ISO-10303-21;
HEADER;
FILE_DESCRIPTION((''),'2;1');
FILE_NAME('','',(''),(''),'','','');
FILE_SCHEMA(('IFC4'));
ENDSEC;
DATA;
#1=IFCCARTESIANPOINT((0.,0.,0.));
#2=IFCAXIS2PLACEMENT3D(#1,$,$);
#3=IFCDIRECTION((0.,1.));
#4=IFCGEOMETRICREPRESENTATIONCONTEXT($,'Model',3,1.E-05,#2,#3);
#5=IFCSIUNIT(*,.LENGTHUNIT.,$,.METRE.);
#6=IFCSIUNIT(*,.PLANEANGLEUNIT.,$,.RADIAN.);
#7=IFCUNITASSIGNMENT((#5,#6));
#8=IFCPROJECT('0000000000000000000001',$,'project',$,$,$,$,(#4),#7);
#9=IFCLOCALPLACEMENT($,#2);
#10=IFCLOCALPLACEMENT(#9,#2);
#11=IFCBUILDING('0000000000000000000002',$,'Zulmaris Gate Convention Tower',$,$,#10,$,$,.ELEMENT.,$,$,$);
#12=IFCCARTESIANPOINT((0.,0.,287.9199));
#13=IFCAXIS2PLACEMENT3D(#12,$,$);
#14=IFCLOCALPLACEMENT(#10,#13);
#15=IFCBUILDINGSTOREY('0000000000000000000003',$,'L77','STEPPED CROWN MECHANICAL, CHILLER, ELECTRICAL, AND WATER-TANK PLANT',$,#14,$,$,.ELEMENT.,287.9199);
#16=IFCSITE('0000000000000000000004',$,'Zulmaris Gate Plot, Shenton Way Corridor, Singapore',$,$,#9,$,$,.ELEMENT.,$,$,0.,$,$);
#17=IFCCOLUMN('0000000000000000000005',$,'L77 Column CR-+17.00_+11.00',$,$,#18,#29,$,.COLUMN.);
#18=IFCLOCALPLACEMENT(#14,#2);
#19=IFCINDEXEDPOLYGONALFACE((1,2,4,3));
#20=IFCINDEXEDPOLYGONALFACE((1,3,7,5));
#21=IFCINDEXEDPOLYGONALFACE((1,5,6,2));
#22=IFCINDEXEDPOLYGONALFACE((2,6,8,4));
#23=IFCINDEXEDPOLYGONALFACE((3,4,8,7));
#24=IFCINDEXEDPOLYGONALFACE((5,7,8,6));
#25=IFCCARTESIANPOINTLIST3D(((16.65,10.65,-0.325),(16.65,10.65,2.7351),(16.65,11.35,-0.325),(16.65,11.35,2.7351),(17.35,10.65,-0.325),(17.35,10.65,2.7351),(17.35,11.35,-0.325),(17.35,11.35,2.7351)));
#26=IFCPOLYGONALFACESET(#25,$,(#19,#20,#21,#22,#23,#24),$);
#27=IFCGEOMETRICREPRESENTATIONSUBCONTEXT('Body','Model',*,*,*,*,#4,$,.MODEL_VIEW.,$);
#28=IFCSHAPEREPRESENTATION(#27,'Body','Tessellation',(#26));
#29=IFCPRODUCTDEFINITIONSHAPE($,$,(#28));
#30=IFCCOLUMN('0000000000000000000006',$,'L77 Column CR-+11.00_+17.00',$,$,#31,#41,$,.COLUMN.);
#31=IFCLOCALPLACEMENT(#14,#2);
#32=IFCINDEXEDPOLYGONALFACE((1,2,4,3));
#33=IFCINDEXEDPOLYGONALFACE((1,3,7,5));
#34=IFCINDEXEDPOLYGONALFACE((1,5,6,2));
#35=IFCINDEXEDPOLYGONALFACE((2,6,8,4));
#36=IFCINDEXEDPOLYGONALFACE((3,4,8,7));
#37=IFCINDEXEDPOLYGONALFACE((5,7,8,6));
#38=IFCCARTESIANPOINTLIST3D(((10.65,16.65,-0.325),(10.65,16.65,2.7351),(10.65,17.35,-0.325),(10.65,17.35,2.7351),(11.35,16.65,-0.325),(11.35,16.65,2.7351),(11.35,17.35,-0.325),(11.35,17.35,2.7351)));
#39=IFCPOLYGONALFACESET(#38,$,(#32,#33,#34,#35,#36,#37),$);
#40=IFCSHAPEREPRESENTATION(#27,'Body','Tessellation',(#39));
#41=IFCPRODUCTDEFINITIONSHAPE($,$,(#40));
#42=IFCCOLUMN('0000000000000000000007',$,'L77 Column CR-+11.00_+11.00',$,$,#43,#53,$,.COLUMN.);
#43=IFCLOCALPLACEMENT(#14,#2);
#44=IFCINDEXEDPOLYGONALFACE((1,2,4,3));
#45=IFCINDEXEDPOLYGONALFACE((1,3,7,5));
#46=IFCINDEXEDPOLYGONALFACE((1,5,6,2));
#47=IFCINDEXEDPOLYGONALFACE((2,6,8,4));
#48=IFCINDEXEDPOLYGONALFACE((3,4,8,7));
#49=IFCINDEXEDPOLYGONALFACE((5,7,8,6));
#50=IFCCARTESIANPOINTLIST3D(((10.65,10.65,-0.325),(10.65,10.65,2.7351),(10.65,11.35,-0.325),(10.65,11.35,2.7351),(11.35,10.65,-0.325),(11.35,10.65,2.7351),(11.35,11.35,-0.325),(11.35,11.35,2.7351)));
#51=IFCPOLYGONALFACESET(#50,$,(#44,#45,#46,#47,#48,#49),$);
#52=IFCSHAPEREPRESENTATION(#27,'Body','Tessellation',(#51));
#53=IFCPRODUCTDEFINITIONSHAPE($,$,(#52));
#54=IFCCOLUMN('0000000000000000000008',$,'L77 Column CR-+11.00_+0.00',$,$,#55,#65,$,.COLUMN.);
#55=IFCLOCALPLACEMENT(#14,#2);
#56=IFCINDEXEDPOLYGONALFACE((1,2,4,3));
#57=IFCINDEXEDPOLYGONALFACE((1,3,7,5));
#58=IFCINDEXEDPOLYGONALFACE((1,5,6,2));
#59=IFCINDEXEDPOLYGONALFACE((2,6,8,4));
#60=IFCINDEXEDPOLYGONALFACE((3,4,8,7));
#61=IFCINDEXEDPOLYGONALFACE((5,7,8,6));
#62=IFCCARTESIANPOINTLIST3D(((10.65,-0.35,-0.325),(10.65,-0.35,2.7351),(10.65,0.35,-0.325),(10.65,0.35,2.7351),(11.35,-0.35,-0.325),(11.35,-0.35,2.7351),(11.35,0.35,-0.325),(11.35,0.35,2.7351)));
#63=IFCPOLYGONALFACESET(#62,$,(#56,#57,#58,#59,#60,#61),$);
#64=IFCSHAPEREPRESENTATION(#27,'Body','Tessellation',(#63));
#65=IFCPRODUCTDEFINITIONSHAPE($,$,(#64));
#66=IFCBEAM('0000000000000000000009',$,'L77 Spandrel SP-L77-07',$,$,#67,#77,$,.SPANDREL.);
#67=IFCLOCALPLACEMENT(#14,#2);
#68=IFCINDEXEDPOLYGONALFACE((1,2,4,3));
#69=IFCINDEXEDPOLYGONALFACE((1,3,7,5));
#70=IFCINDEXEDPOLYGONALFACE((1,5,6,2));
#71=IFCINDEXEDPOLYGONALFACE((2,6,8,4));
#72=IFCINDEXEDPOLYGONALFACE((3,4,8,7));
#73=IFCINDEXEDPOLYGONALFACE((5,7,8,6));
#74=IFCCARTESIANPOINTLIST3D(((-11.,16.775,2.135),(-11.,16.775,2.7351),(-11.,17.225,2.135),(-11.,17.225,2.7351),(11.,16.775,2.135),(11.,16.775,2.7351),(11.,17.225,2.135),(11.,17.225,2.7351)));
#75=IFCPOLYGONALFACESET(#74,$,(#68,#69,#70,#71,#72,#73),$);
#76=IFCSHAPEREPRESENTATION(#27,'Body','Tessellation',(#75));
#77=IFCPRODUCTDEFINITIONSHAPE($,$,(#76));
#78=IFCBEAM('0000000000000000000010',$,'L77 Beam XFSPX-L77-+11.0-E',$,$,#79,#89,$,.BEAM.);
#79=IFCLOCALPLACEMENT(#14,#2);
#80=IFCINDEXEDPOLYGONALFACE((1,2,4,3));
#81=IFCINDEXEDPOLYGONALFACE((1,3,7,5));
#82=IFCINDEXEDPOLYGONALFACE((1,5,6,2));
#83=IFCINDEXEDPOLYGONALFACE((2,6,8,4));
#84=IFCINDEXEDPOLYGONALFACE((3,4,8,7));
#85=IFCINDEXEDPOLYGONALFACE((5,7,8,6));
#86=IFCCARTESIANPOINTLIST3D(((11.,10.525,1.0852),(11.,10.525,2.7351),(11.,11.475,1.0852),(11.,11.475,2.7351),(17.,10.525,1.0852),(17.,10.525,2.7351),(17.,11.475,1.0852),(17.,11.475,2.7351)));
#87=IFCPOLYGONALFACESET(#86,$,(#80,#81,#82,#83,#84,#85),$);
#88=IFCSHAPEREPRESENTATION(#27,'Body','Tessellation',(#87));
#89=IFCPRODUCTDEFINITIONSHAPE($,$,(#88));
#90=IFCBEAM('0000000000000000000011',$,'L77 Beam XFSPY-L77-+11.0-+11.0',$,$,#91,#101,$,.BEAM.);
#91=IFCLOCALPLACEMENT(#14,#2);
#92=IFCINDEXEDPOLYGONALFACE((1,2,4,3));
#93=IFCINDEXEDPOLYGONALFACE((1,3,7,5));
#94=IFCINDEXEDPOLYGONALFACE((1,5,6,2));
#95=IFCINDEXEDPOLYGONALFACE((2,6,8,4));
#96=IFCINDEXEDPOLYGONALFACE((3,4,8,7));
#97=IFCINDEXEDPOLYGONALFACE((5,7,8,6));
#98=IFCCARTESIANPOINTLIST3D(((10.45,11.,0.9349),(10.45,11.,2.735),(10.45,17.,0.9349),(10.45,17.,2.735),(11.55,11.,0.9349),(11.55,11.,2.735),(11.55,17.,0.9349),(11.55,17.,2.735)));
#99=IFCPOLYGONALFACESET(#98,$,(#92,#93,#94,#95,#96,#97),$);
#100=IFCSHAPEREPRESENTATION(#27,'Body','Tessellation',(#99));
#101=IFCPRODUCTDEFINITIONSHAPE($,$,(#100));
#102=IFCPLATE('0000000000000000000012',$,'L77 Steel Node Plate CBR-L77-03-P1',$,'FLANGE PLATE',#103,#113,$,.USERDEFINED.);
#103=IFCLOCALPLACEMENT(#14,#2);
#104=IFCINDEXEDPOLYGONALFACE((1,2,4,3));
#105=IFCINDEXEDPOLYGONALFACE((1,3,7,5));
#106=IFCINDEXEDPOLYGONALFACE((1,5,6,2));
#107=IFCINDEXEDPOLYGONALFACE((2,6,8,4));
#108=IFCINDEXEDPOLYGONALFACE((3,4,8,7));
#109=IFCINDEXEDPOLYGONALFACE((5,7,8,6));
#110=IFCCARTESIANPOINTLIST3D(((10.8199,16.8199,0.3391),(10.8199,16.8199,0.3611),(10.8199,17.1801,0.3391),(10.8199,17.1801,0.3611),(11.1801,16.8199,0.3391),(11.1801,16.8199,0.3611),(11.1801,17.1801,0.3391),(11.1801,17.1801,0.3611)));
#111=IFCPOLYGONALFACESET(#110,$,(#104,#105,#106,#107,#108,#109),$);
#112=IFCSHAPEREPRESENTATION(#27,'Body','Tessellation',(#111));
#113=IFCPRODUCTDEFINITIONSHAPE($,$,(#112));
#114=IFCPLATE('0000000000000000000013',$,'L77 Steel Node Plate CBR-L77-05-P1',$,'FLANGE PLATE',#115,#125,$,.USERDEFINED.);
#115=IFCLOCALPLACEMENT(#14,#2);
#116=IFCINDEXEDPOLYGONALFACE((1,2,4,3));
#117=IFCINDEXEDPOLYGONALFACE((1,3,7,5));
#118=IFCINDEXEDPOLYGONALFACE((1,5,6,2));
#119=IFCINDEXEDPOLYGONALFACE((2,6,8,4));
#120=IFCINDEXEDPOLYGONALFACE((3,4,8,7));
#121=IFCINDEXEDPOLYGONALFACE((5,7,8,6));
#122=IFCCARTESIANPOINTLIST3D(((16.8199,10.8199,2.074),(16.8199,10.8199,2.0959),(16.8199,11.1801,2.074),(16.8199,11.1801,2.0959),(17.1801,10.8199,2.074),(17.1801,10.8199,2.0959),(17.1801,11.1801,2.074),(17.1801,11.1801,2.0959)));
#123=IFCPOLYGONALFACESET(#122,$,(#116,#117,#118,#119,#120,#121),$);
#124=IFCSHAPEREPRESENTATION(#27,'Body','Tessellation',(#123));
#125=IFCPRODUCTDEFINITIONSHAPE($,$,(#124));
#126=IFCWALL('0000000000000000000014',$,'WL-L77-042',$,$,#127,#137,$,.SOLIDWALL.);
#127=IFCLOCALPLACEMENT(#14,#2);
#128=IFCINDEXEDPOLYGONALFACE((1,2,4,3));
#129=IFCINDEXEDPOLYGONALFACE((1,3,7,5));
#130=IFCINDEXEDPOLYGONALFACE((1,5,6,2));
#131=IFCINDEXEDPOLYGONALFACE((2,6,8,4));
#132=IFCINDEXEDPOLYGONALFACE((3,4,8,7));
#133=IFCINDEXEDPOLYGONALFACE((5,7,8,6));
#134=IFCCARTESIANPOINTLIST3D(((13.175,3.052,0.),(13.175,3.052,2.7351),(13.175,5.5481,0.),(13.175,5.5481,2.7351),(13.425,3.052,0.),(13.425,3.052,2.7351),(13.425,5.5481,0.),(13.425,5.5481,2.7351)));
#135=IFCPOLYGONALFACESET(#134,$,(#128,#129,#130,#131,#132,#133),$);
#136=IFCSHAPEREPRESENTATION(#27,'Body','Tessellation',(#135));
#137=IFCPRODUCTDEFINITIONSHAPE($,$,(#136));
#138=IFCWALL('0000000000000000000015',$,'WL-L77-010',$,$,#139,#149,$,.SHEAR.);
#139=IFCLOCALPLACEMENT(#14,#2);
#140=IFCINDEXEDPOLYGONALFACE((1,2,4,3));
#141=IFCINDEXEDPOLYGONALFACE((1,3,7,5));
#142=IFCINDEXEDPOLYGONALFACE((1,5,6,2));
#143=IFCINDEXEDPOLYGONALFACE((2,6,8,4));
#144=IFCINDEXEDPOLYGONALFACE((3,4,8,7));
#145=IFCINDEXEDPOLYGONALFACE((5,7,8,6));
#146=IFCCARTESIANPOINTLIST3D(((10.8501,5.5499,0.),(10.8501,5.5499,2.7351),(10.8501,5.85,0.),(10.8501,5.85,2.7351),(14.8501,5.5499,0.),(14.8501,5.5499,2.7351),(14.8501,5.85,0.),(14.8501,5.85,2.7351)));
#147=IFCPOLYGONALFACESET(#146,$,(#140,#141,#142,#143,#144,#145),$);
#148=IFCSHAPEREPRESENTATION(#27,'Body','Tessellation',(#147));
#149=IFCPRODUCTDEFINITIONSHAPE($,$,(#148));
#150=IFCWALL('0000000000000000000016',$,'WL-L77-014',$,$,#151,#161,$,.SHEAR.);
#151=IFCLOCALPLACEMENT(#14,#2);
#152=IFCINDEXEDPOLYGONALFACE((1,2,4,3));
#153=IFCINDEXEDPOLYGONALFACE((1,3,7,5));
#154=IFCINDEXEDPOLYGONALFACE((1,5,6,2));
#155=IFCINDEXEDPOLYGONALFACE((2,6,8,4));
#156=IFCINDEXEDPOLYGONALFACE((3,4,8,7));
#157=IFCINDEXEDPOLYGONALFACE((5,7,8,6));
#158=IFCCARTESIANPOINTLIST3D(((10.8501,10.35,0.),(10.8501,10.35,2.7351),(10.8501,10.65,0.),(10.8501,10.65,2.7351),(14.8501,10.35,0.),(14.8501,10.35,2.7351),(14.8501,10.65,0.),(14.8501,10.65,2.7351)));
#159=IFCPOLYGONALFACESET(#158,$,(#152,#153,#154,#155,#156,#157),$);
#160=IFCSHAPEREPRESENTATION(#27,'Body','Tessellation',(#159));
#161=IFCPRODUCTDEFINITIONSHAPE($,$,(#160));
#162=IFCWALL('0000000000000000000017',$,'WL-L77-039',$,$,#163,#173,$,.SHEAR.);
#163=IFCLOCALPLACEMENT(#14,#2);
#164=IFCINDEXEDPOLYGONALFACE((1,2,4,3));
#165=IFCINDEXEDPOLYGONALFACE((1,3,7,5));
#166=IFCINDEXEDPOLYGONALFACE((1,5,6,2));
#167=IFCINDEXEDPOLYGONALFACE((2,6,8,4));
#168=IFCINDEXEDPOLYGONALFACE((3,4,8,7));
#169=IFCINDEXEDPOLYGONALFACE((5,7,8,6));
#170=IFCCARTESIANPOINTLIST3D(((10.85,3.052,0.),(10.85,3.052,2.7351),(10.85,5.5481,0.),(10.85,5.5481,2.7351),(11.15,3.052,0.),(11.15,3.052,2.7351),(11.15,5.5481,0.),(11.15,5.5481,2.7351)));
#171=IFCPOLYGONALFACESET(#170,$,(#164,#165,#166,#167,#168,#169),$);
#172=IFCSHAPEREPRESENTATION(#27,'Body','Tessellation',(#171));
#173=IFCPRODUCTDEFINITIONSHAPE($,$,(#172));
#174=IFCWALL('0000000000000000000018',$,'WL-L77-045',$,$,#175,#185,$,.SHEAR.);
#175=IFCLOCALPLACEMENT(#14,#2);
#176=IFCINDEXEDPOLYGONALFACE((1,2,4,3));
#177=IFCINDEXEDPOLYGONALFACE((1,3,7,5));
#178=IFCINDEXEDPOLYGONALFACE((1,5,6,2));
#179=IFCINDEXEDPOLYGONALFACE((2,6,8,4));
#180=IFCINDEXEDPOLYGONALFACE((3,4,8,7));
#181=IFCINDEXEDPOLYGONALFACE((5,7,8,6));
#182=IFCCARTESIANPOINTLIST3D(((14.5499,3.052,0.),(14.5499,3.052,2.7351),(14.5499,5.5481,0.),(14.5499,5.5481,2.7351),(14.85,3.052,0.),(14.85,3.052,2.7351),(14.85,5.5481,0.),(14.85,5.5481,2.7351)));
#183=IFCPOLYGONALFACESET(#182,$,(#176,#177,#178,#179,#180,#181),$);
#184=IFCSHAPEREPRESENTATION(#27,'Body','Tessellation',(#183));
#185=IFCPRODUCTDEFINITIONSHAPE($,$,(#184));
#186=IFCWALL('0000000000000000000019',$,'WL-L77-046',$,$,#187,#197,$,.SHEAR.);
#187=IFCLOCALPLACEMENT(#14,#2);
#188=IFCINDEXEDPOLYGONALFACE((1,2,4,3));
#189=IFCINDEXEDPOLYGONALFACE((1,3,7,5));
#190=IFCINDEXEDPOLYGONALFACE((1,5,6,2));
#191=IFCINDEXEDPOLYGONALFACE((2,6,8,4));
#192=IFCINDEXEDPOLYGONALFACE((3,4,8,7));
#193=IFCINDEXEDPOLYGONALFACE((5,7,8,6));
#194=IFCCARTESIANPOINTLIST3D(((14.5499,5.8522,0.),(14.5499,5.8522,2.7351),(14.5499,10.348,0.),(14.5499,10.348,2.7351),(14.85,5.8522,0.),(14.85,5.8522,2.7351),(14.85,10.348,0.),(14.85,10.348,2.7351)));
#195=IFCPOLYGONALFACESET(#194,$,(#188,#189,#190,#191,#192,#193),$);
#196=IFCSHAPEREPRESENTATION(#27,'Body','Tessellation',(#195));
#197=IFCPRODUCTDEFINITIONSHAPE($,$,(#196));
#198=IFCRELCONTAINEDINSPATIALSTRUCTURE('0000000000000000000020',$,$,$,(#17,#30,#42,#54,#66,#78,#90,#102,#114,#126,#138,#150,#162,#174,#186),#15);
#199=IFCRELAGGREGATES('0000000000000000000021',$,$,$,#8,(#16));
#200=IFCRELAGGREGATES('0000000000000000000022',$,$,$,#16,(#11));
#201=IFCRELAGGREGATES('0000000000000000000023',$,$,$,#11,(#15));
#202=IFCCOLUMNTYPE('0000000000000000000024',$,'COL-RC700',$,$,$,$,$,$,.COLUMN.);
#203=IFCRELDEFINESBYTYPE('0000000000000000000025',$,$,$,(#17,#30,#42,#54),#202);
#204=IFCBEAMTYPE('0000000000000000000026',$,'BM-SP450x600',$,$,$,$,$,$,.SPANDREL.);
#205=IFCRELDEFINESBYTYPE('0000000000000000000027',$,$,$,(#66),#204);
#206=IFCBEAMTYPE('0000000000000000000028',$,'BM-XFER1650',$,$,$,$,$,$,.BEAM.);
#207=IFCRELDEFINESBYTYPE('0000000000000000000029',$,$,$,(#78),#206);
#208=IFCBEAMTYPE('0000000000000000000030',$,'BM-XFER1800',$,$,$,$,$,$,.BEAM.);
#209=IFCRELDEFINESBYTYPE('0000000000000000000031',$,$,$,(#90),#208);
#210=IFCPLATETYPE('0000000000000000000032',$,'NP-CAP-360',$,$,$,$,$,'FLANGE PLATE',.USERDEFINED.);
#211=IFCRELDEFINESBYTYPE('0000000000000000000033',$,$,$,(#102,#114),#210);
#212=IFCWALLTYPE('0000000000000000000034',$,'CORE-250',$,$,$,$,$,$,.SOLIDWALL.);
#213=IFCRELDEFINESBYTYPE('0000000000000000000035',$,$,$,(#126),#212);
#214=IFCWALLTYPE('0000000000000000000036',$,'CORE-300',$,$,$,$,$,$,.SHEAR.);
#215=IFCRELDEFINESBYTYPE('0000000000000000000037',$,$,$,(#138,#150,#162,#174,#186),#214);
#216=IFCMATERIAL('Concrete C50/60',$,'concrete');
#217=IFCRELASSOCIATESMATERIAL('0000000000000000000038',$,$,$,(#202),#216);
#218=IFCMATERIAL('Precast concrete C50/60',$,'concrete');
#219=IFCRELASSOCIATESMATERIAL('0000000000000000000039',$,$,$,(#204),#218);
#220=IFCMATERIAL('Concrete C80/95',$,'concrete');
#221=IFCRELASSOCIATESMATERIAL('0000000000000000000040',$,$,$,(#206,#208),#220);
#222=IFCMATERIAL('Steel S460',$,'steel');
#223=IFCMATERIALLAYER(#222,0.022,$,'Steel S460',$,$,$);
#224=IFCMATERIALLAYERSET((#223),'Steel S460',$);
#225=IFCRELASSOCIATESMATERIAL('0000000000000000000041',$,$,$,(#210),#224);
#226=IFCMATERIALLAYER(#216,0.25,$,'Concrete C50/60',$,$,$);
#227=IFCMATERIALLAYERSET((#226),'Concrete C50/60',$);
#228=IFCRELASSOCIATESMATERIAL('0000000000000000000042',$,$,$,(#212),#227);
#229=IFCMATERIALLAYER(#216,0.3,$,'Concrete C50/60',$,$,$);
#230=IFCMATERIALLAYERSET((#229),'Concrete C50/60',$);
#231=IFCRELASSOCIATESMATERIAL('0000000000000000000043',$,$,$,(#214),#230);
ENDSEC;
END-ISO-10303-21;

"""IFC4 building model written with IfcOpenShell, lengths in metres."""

from ifc_helpers import new_model, si_unit, direction, frame, frame_2d, origin, origin_2d, place, context, subcontext, project, spatial, rectangle, extrude, material, layer, layer_set, material_profile, profile_set, type_object, element, save


model = new_model("IFC4")

# Units and contexts
model_context = context("Model", 3, precision=1e-05, world=origin(), true_north=direction((0.0, 1.0)))
body_context = subcontext(model_context, "Body", "Model", "MODEL_VIEW")
ifc_project = project(units=[si_unit("LENGTHUNIT", "METRE"), si_unit("PLANEANGLEUNIT", "RADIAN")], contexts=[model_context])

# Site, building, storey
site_placement = place(None, origin())
site = spatial("IfcSite", under=ifc_project, at=site_placement, Name="Zulmaris Gate Plot, Shenton Way Corridor, Singapore", CompositionType="ELEMENT", RefElevation=0.0)
building_placement = place(site_placement, origin())
building = spatial("IfcBuilding", under=site, at=building_placement, Name="Zulmaris Gate Convention Tower", CompositionType="ELEMENT")
storey_placement = place(building_placement, frame((0.0, 0.0, 287.9199)))
storey = spatial("IfcBuildingStorey", under=building, at=storey_placement, Name="L77", Description="STEPPED CROWN MECHANICAL, CHILLER, ELECTRICAL, AND WATER-TANK PLANT", CompositionType="ELEMENT", Elevation=287.9199)

# Columns
ifc_material_1 = material(Name="Concrete C50/60", Category="concrete")
ifc_material_profile_1 = material_profile(ifc_material_1, rectangle(XDim=0.7, YDim=0.7, at=origin_2d()), Name="RC COL 700x700")
ifc_profile_set_1 = profile_set([ifc_material_profile_1], Name="Concrete C50/60")
column_type = type_object("IfcColumnType", Name="COL-RC700", PredefinedType="COLUMN", material=ifc_profile_set_1)
for number, where, z_axis, x_axis, name in (
    (1, (17.0, 11.0, -0.325), (0.0, 0.0, 1.0), (1.0, 0.0, 0.0), "L77 Column CR-+17.00_+11.00"),
    (2, (11.0, 17.0, -0.325), (0.0, 0.0, 1.0), (1.0, 0.0, 0.0), "L77 Column CR-+11.00_+17.00"),
    (3, (11.0, 11.0, -0.325), (0.0, 0.0, 1.0), (1.0, 0.0, 0.0), "L77 Column CR-+11.00_+11.00"),
    (4, (11.0, 0.0, -0.325), (0.0, 0.0, 1.0), (1.0, 0.0, 0.0), "L77 Column CR-+11.00_+0.00"),
):
    element("IfcColumn", number, at=place(storey_placement, frame(where, z_axis=z_axis, x_axis=x_axis)), inside=storey, type_object=column_type, Name=name, PredefinedType="COLUMN", context=body_context, shape_type="SweptSolid", body=[
        extrude(rectangle(XDim=0.7, YDim=0.7, at=origin_2d()), origin(), (0.0, 0.0, 1.0), 3.0601),
    ])

# Beams
ifc_material_2 = material(Name="Precast concrete C50/60", Category="concrete")
ifc_material_profile_2 = material_profile(ifc_material_2, rectangle(XDim=0.45, YDim=0.6001, at=origin_2d()), Name="RC SPANDREL 450x600")
ifc_profile_set_2 = profile_set([ifc_material_profile_2], Name="Precast concrete C50/60")
beam_type_1 = type_object("IfcBeamType", Name="BM-SP450x600", PredefinedType="SPANDREL", material=ifc_profile_set_2)
beam_1_placement = place(storey_placement, frame((11.0, 17.0, 2.4351), z_axis=(-1.0, 0.0, 0.0), x_axis=(0.0, -1.0, 0.0)))
element("IfcBeam", 5, at=beam_1_placement, inside=storey, type_object=beam_type_1, Name="L77 Spandrel SP-L77-07", PredefinedType="SPANDREL", context=body_context, shape_type="SweptSolid", body=[
    extrude(rectangle(XDim=0.45, YDim=0.6001, at=origin_2d()), origin(), (0.0, 0.0, 1.0), 22.0),
])
ifc_material_3 = material(Name="Concrete C80/95", Category="concrete")
ifc_material_profile_3 = material_profile(ifc_material_3, rectangle(XDim=0.95, YDim=1.6499, at=origin_2d()), Name="RC TRANSFER 950x1650")
ifc_profile_set_3 = profile_set([ifc_material_profile_3], Name="Concrete C80/95")
beam_type_2 = type_object("IfcBeamType", Name="BM-XFER1650", PredefinedType="BEAM", material=ifc_profile_set_3)
beam_2_placement = place(storey_placement, frame((11.0, 11.0, 1.9102), z_axis=(1.0, 0.0, 0.0), x_axis=(0.0, 1.0, 0.0)))
element("IfcBeam", 6, at=beam_2_placement, inside=storey, type_object=beam_type_2, Name="L77 Beam XFSPX-L77-+11.0-E", PredefinedType="BEAM", context=body_context, shape_type="SweptSolid", body=[
    extrude(rectangle(XDim=0.95, YDim=1.6499, at=origin_2d()), origin(), (0.0, 0.0, 1.0), 6.0),
])
ifc_material_profile_4 = material_profile(ifc_material_3, rectangle(XDim=1.1001, YDim=1.8, at=origin_2d()), Name="RC TRANSFER 1100x1800")
ifc_profile_set_4 = profile_set([ifc_material_profile_4], Name="Concrete C80/95")
beam_type_3 = type_object("IfcBeamType", Name="BM-XFER1800", PredefinedType="BEAM", material=ifc_profile_set_4)
beam_3_placement = place(storey_placement, frame((11.0, 11.0, 1.835), z_axis=(0.0, 1.0, 0.0), x_axis=(-1.0, 0.0, 0.0)))
element("IfcBeam", 7, at=beam_3_placement, inside=storey, type_object=beam_type_3, Name="L77 Beam XFSPY-L77-+11.0-+11.0", PredefinedType="BEAM", context=body_context, shape_type="SweptSolid", body=[
    extrude(rectangle(XDim=1.1001, YDim=1.8, at=origin_2d()), origin(), (0.0, 0.0, 1.0), 6.0),
])

# Plates
ifc_material_4 = material(Name="Steel S460", Category="steel")
ifc_layer_1 = layer(ifc_material_4, 0.022, Name="Steel S460")
ifc_layer_set_1 = layer_set([ifc_layer_1], Name="Steel S460")
plate_type = type_object("IfcPlateType", Name="NP-CAP-360", ElementType="FLANGE PLATE", PredefinedType="USERDEFINED", material=ifc_layer_set_1)
for number, where, z_axis, x_axis, name in (
    (8, (11.0, 17.0, 0.3391), (0.0, 0.0, 1.0), (1.0, 0.0, 0.0), "L77 Steel Node Plate CBR-L77-03-P1"),
    (9, (17.0, 11.0, 2.074), (0.0, 0.0, 1.0), (1.0, 0.0, 0.0), "L77 Steel Node Plate CBR-L77-05-P1"),
):
    element("IfcPlate", number, at=place(storey_placement, frame(where, z_axis=z_axis, x_axis=x_axis)), inside=storey, type_object=plate_type, Name=name, ObjectType="FLANGE PLATE", PredefinedType="USERDEFINED", context=body_context, shape_type="SweptSolid", body=[
        extrude(rectangle(XDim=0.3601, YDim=0.3601, at=origin_2d()), origin(), (0.0, 0.0, 1.0), 0.022),
    ])

# Walls
ifc_layer_2 = layer(ifc_material_1, 0.25, Name="Concrete C50/60")
ifc_layer_set_2 = layer_set([ifc_layer_2], Name="Concrete C50/60")
wall_type_1 = type_object("IfcWallType", Name="CORE-250", PredefinedType="SOLIDWALL", material=ifc_layer_set_2)
wall_1_placement = place(storey_placement, frame((13.3, 3.052, 0.0), z_axis=(0.0, 0.0, 1.0), x_axis=(0.0, 1.0, 0.0)))
element("IfcWall", 10, at=wall_1_placement, inside=storey, type_object=wall_type_1, Name="WL-L77-042", PredefinedType="SOLIDWALL", context=body_context, shape_type="SweptSolid", body=[
    extrude(rectangle(XDim=2.4961, YDim=0.25, at=frame_2d((1.248, 0.0))), origin(), (0.0, 0.0, 1.0), 2.7351),
])
ifc_layer_3 = layer(ifc_material_1, 0.3, Name="Concrete C50/60")
ifc_layer_set_3 = layer_set([ifc_layer_3], Name="Concrete C50/60")
wall_type_2 = type_object("IfcWallType", Name="CORE-300", PredefinedType="SHEAR", material=ifc_layer_set_3)
for number, where, z_axis, x_axis, name in (
    (11, (10.8501, 5.7, 0.0), (0.0, 0.0, 1.0), (1.0, 0.0, 0.0), "WL-L77-010"),
    (12, (10.8501, 10.5, 0.0), (0.0, 0.0, 1.0), (1.0, 0.0, 0.0), "WL-L77-014"),
):
    element("IfcWall", number, at=place(storey_placement, frame(where, z_axis=z_axis, x_axis=x_axis)), inside=storey, type_object=wall_type_2, Name=name, PredefinedType="SHEAR", context=body_context, shape_type="SweptSolid", body=[
        extrude(rectangle(XDim=4.0, YDim=0.3, at=frame_2d((2.0, 0.0))), origin(), (0.0, 0.0, 1.0), 2.7351),
    ])

# Wall
wall_2_placement = place(storey_placement, frame((11.0, 3.052, 0.0), z_axis=(0.0, 0.0, 1.0), x_axis=(0.0, 1.0, 0.0)))
element("IfcWall", 13, at=wall_2_placement, inside=storey, type_object=wall_type_2, Name="WL-L77-039", PredefinedType="SHEAR", context=body_context, shape_type="SweptSolid", body=[
    extrude(rectangle(XDim=2.4961, YDim=0.3, at=frame_2d((1.248, 0.0))), origin(), (0.0, 0.0, 1.0), 2.7351),
])

# Walls
wall_3_placement = place(storey_placement, frame((14.7, 3.052, 0.0), z_axis=(0.0, 0.0, 1.0), x_axis=(0.0, 1.0, 0.0)))
element("IfcWall", 14, at=wall_3_placement, inside=storey, type_object=wall_type_2, Name="WL-L77-045", PredefinedType="SHEAR", context=body_context, shape_type="SweptSolid", body=[
    extrude(rectangle(XDim=2.4961, YDim=0.3, at=frame_2d((1.248, 0.0))), origin(), (0.0, 0.0, 1.0), 2.7351),
])
wall_4_placement = place(storey_placement, frame((14.7, 5.8521, 0.0), z_axis=(0.0, 0.0, 1.0), x_axis=(0.0, 1.0, 0.0)))
element("IfcWall", 15, at=wall_4_placement, inside=storey, type_object=wall_type_2, Name="WL-L77-046", PredefinedType="SHEAR", context=body_context, shape_type="SweptSolid", body=[
    extrude(rectangle(XDim=4.4958, YDim=0.3, at=frame_2d((2.248, 0.0))), origin(), (0.0, 0.0, 1.0), 2.7351),
])

save(model, "model.ifc")
